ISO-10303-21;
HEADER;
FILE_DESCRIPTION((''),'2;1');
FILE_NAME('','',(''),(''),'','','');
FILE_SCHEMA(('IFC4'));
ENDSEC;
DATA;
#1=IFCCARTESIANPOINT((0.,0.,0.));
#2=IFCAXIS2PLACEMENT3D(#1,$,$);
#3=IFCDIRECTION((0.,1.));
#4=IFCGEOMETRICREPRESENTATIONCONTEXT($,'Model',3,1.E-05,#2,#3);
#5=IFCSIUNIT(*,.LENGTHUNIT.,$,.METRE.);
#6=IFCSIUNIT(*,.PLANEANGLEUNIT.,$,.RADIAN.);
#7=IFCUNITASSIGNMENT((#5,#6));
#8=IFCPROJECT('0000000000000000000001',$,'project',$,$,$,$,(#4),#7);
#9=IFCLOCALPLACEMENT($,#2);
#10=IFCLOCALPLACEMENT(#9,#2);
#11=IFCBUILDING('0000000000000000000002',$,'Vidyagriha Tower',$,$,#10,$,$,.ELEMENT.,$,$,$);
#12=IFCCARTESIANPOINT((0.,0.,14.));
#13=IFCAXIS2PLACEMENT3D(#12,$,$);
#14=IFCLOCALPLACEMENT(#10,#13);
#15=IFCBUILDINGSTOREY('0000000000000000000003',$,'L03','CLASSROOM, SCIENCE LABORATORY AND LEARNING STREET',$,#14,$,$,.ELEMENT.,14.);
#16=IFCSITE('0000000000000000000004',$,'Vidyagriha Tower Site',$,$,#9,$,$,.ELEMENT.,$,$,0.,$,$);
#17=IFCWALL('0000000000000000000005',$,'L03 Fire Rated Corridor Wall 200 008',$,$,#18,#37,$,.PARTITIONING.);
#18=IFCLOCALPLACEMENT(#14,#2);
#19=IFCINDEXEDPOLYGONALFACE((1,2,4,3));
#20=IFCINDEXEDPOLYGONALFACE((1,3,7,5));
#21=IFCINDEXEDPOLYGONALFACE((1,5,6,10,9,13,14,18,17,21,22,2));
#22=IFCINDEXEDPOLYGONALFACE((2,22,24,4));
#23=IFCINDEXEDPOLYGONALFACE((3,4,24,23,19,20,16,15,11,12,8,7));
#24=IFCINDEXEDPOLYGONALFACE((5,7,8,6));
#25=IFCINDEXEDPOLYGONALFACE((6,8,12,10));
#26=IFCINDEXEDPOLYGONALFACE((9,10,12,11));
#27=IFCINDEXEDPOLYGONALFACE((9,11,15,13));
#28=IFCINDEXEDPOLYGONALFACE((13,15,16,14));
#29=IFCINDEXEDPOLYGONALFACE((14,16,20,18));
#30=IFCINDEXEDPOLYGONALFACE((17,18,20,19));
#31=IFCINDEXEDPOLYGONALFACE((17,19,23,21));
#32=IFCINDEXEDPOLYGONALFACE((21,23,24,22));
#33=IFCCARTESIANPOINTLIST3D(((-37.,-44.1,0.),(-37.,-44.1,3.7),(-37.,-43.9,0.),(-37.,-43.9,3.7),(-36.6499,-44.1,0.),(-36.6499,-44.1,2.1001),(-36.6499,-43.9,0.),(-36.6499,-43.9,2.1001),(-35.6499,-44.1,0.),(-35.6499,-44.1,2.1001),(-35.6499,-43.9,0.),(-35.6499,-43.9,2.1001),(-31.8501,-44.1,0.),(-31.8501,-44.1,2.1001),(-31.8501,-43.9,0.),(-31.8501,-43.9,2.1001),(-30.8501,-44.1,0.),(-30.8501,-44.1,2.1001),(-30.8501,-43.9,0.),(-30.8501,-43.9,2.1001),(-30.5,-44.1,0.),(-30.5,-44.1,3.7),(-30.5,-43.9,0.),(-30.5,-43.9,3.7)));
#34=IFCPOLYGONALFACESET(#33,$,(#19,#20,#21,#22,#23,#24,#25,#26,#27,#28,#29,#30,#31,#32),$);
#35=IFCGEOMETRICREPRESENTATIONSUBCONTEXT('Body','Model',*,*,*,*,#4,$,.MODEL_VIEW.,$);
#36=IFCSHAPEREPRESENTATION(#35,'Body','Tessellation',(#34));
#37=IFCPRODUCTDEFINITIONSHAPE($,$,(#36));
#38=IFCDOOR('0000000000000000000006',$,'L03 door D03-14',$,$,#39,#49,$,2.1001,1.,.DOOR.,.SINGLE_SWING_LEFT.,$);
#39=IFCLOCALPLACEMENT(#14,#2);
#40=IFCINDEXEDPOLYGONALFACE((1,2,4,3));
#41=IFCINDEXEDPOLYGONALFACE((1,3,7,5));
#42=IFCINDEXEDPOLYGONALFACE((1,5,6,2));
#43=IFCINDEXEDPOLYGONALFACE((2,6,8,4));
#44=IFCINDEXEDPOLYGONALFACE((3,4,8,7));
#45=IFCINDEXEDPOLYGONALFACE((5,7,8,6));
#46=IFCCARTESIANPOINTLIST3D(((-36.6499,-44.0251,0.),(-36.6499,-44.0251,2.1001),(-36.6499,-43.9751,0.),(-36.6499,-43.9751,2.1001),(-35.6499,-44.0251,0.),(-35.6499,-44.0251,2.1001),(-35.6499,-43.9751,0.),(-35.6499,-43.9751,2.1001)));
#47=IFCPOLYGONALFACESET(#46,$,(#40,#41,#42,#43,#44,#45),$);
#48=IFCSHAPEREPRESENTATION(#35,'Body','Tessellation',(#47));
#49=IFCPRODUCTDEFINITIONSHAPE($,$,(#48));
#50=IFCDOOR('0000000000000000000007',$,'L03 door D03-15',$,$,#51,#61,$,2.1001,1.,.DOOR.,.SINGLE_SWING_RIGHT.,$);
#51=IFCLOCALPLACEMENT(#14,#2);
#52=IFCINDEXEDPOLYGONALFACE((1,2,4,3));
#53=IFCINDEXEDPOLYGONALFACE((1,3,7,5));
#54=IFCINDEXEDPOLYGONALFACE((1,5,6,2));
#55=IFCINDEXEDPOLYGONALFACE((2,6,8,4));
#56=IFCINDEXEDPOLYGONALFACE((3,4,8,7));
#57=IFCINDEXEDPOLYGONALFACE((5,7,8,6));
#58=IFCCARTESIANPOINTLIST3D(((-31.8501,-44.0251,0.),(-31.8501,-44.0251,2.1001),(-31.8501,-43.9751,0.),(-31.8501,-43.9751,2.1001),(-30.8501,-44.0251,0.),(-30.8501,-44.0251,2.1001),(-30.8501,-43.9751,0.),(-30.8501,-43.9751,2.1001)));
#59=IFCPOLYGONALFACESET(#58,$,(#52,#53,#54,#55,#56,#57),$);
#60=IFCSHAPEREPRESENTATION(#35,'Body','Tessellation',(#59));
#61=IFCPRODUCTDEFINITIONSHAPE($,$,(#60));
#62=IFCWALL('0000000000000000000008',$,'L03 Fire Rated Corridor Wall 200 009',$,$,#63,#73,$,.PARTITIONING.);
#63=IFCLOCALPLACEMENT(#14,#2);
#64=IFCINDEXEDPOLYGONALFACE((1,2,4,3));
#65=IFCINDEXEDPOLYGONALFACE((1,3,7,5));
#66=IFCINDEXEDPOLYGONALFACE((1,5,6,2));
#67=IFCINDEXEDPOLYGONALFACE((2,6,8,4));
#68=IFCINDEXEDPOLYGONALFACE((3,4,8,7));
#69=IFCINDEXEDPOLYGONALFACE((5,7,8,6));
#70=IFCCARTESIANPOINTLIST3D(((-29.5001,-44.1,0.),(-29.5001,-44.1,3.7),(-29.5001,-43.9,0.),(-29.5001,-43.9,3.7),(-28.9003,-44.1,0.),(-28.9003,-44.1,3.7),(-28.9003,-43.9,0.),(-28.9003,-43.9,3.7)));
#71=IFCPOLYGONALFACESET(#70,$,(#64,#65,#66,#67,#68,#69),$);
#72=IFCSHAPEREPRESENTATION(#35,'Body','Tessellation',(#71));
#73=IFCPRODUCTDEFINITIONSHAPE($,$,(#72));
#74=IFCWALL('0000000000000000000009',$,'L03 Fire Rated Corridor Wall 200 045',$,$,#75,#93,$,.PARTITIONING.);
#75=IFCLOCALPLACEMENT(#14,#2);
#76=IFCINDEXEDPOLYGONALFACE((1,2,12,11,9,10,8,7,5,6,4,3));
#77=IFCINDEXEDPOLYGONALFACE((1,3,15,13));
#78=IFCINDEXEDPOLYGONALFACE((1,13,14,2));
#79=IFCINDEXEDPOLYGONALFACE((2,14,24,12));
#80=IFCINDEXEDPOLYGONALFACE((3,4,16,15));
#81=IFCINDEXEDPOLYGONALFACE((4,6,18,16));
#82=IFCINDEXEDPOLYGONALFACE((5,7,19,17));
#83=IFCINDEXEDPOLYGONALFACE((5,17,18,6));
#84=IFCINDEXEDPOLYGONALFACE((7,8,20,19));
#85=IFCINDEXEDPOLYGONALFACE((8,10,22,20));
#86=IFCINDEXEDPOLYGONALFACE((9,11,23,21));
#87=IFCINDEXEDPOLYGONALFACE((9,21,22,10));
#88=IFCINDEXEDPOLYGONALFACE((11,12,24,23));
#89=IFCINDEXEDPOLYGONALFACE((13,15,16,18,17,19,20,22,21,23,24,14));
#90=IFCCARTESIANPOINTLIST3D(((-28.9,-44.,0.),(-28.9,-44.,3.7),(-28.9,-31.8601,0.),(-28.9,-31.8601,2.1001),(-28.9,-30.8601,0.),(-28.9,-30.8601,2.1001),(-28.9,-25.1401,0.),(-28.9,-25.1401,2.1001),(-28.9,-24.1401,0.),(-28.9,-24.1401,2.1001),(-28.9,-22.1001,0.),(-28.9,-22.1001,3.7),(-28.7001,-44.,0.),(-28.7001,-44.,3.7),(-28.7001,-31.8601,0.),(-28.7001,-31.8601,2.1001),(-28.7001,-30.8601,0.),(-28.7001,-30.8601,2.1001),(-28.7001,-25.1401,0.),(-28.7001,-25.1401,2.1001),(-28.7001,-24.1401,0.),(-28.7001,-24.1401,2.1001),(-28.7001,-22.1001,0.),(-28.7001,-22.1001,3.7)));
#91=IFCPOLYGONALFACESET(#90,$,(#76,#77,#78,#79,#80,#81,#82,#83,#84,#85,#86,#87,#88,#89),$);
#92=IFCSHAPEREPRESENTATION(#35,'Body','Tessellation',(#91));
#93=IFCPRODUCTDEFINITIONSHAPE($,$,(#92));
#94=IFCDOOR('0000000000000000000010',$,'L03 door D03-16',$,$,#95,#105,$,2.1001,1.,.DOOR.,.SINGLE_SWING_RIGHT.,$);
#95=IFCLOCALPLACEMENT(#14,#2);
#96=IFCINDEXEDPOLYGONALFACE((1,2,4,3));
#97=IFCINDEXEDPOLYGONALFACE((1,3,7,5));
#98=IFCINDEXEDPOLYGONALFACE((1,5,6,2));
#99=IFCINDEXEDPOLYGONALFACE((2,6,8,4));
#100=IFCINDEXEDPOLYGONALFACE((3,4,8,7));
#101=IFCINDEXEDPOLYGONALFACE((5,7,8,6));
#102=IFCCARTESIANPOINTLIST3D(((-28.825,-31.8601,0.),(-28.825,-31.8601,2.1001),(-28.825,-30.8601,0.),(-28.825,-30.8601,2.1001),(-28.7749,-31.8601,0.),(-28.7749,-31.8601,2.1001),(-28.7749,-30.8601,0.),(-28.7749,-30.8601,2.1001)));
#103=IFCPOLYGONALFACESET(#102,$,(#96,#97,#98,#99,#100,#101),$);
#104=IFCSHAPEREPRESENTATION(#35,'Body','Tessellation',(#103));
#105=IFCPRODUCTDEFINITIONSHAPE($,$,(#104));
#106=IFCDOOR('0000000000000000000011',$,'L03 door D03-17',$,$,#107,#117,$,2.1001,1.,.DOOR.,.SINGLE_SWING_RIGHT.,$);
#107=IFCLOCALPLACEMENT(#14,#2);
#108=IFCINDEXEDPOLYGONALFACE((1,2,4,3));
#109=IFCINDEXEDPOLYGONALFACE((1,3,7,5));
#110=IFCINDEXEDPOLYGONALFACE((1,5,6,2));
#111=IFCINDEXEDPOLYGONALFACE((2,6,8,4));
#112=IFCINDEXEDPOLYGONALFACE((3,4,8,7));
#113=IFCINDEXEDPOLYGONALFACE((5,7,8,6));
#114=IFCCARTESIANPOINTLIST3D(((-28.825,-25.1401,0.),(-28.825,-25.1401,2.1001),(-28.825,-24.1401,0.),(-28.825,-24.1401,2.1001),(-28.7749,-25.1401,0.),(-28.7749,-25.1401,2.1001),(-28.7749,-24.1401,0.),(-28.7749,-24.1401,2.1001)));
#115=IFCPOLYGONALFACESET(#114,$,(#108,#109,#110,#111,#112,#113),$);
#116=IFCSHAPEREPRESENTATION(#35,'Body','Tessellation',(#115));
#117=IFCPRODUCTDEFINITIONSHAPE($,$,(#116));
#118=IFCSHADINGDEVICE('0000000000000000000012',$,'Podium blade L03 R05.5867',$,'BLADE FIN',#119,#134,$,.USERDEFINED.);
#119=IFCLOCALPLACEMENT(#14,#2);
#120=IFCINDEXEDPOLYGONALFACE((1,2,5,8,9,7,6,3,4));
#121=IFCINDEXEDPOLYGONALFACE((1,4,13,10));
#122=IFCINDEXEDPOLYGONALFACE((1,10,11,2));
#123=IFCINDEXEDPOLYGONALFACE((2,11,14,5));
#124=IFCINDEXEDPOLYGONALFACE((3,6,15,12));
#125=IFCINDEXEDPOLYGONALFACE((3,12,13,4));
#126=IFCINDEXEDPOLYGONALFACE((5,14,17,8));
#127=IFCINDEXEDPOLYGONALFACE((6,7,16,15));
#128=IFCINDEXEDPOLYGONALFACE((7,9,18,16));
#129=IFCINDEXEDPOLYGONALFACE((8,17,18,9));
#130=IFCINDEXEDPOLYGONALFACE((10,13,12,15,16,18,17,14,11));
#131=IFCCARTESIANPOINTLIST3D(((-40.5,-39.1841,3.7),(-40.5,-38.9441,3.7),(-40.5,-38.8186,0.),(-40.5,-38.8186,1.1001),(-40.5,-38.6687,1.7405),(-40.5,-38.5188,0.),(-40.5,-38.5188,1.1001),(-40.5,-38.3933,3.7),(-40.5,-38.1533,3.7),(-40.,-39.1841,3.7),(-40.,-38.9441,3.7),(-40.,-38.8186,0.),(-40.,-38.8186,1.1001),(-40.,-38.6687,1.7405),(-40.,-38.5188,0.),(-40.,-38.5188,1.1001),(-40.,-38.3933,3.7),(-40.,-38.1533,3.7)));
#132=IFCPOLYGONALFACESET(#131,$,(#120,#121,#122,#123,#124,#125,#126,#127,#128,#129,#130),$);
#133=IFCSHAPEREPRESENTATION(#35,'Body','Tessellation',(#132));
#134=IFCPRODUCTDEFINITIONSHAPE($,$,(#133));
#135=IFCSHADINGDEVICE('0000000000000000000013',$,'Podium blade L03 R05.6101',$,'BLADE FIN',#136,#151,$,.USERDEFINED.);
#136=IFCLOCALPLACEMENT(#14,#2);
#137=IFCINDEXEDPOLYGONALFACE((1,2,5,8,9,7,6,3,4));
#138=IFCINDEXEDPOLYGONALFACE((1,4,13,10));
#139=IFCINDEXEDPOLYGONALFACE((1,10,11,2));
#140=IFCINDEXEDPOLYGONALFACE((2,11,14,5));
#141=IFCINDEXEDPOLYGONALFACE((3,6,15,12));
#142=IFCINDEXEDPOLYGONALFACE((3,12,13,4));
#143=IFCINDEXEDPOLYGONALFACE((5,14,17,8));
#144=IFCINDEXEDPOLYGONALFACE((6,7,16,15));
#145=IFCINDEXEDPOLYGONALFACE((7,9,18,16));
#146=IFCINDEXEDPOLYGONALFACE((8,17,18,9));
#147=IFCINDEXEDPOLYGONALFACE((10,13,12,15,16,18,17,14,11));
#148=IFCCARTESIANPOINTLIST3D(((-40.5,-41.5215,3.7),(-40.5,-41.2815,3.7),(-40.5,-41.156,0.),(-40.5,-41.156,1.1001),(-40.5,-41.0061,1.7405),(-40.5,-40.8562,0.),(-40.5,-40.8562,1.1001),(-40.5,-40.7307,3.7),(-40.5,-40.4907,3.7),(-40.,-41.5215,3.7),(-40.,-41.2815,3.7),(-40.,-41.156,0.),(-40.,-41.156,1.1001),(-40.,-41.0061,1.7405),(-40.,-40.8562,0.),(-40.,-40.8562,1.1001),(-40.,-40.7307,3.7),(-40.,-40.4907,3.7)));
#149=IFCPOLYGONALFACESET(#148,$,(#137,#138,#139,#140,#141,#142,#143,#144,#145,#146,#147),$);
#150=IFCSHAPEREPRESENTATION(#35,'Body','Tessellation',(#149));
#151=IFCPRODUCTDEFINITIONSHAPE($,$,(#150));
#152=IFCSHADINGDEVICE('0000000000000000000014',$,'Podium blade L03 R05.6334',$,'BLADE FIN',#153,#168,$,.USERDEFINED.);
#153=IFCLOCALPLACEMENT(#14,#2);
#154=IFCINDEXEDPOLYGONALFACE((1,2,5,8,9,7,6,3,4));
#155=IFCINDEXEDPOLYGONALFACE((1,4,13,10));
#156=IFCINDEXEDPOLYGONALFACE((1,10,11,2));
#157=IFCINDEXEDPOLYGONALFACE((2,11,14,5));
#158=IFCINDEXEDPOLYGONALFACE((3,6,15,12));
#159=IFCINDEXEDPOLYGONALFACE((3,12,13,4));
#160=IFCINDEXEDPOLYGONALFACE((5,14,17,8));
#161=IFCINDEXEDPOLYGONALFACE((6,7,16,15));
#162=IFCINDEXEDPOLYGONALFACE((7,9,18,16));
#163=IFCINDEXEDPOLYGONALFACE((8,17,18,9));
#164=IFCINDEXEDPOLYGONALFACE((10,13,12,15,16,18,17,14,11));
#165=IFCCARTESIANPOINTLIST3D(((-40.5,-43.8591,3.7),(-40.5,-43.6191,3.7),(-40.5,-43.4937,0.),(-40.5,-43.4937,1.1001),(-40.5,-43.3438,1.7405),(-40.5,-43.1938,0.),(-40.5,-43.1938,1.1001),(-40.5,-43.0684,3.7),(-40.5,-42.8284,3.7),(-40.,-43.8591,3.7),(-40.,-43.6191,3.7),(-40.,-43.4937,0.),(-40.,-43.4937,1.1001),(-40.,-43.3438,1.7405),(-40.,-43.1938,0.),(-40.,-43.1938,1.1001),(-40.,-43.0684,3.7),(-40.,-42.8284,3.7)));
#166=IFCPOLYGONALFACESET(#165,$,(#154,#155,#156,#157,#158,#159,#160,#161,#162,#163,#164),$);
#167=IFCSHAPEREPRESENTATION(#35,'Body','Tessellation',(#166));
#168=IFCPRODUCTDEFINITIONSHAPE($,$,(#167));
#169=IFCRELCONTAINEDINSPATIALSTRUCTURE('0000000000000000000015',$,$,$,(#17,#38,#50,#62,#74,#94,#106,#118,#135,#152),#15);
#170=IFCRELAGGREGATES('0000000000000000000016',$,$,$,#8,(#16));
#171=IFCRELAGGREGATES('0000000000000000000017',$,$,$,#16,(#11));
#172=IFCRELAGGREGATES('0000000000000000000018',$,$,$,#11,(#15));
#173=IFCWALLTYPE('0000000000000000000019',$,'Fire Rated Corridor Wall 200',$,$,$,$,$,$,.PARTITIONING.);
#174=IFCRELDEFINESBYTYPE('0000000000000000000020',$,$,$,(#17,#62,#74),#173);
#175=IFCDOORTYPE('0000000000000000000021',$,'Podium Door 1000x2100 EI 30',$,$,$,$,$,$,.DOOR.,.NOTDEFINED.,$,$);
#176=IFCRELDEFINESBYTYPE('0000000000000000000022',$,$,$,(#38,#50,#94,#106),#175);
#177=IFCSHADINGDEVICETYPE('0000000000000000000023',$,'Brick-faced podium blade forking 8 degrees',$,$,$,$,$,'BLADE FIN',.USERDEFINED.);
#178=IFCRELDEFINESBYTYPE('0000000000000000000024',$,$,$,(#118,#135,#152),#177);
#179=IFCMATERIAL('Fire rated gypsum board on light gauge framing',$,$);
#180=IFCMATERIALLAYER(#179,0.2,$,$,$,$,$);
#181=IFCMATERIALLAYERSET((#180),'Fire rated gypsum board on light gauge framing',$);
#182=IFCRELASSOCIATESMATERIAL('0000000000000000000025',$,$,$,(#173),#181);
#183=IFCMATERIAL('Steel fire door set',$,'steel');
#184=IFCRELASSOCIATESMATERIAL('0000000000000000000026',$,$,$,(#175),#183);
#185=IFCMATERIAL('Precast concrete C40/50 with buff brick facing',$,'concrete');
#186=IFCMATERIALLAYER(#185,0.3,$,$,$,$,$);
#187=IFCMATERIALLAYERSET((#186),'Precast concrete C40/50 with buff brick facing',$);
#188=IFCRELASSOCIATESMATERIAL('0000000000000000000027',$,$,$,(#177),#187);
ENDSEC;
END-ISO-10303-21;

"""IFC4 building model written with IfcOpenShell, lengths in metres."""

from ifc_helpers import new_model, si_unit, direction, frame, frame_2d, origin, place, context, subcontext, project, spatial, polyline, rectangle, outline, extrude, material, layer, layer_set, type_object, element, fill, save


model = new_model("IFC4")

# Units and contexts
model_context = context("Model", 3, precision=1e-05, world=origin(), true_north=direction((0.0, 1.0)))
body_context = subcontext(model_context, "Body", "Model", "MODEL_VIEW")
ifc_project = project(units=[si_unit("LENGTHUNIT", "METRE"), si_unit("PLANEANGLEUNIT", "RADIAN")], contexts=[model_context])

# Site, building, storey
site_placement = place(None, origin())
site = spatial("IfcSite", under=ifc_project, at=site_placement, Name="Vidyagriha Tower Site", CompositionType="ELEMENT", RefElevation=0.0)
building_placement = place(site_placement, origin())
building = spatial("IfcBuilding", under=site, at=building_placement, Name="Vidyagriha Tower", CompositionType="ELEMENT")
storey_placement = place(building_placement, frame((0.0, 0.0, 14.0)))
storey = spatial("IfcBuildingStorey", under=building, at=storey_placement, Name="L03", Description="CLASSROOM, SCIENCE LABORATORY AND LEARNING STREET", CompositionType="ELEMENT", Elevation=14.0)

# Shared definitions
ifc_material_1 = material(Name="Fire rated gypsum board on light gauge framing")
ifc_layer_1 = layer(ifc_material_1, 0.2)
ifc_layer_set_1 = layer_set([ifc_layer_1], Name="Fire rated gypsum board on light gauge framing")
wall_type_1 = type_object("IfcWallType", Name="Fire Rated Corridor Wall 200", PredefinedType="PARTITIONING", material=ifc_layer_set_1)

# Wall, openings, doors
wall_1_placement = place(storey_placement, frame((-37.0, -44.0, 0.0)))
wall_1 = element("IfcWall", 1, at=wall_1_placement, inside=storey, type_object=wall_type_1, Name="L03 Fire Rated Corridor Wall 200 008", PredefinedType="PARTITIONING", context=body_context, shape_type="SweptSolid", body=[
    extrude(rectangle(XDim=6.5, YDim=0.2, at=frame_2d((3.25, 0.0))), origin(), (0.0, 0.0, 1.0), 3.7),
])
opening_1_placement = place(wall_1_placement, frame((0.3501, 0.0, 0.0)))
opening_1 = element("IfcOpeningElement", 2, at=opening_1_placement, cuts=wall_1, PredefinedType="OPENING", context=body_context, shape_type="SweptSolid", body=[
    extrude(rectangle(XDim=1.0, YDim=2.1001, at=frame_2d((0.5, 1.05))), frame((0.0, 0.1099, 0.0), z_axis=(0.0, -1.0, 0.0), x_axis=(1.0, 0.0, 0.0)), (0.0, 0.0, 1.0), 0.22),
])
opening_2_placement = place(wall_1_placement, frame((5.1499, 0.0, 0.0)))
opening_2 = element("IfcOpeningElement", 3, at=opening_2_placement, cuts=wall_1, PredefinedType="OPENING", context=body_context, shape_type="SweptSolid", body=[
    extrude(rectangle(XDim=1.0, YDim=2.1001, at=frame_2d((0.5, 1.05))), frame((0.0, 0.1099, 0.0), z_axis=(0.0, -1.0, 0.0), x_axis=(1.0, 0.0, 0.0)), (0.0, 0.0, 1.0), 0.22),
])
ifc_material_2 = material(Name="Steel fire door set", Category="steel")
door_type = type_object("IfcDoorType", Name="Podium Door 1000x2100 EI 30", OperationType="NOTDEFINED", PredefinedType="DOOR", material=ifc_material_2)
door_1_placement = place(opening_1_placement, origin())
door_1 = element("IfcDoor", 4, at=door_1_placement, inside=storey, type_object=door_type, Name="L03 door D03-14", OperationType="SINGLE_SWING_LEFT", OverallHeight=2.1001, OverallWidth=1.0, PredefinedType="DOOR", context=body_context, shape_type="SweptSolid", body=[
    extrude(rectangle(XDim=1.0, YDim=2.1001, at=frame_2d((0.5, 1.05))), frame((0.0, 0.0249, 0.0), z_axis=(0.0, -1.0, 0.0), x_axis=(1.0, 0.0, 0.0)), (0.0, 0.0, 1.0), 0.05),
])
fill(opening_1, door_1)
door_2_placement = place(opening_2_placement, origin())
door_2 = element("IfcDoor", 5, at=door_2_placement, inside=storey, type_object=door_type, Name="L03 door D03-15", OperationType="SINGLE_SWING_RIGHT", OverallHeight=2.1001, OverallWidth=1.0, PredefinedType="DOOR", context=body_context, shape_type="SweptSolid", body=[
    extrude(rectangle(XDim=1.0, YDim=2.1001, at=frame_2d((0.5, 1.05))), frame((0.0, 0.0249, 0.0), z_axis=(0.0, -1.0, 0.0), x_axis=(1.0, 0.0, 0.0)), (0.0, 0.0, 1.0), 0.05),
])
fill(opening_2, door_2)

# Wall
wall_2_placement = place(storey_placement, frame((-29.5, -44.0, 0.0)))
element("IfcWall", 6, at=wall_2_placement, inside=storey, type_object=wall_type_1, Name="L03 Fire Rated Corridor Wall 200 009", PredefinedType="PARTITIONING", context=body_context, shape_type="SweptSolid", body=[
    extrude(rectangle(XDim=0.5999, YDim=0.2, at=frame_2d((0.2998, 0.0))), origin(), (0.0, 0.0, 1.0), 3.7),
])

# Wall, openings, doors
wall_3_placement = place(storey_placement, frame((-28.8, -44.0, 0.0), z_axis=(0.0, 0.0, 1.0), x_axis=(0.0, 1.0, 0.0)))
wall_3 = element("IfcWall", 7, at=wall_3_placement, inside=storey, type_object=wall_type_1, Name="L03 Fire Rated Corridor Wall 200 045", PredefinedType="PARTITIONING", context=body_context, shape_type="SweptSolid", body=[
    extrude(rectangle(XDim=21.8999, YDim=0.2, at=frame_2d((10.95, 0.0))), origin(), (0.0, 0.0, 1.0), 3.7),
])
opening_3_placement = place(wall_3_placement, frame((12.1399, 0.0, 0.0)))
opening_3 = element("IfcOpeningElement", 8, at=opening_3_placement, cuts=wall_3, PredefinedType="OPENING", context=body_context, shape_type="SweptSolid", body=[
    extrude(rectangle(XDim=1.0, YDim=2.1001, at=frame_2d((0.5, 1.05))), frame((0.0, 0.1099, 0.0), z_axis=(0.0, -1.0, 0.0), x_axis=(1.0, 0.0, 0.0)), (0.0, 0.0, 1.0), 0.22),
])
opening_4_placement = place(wall_3_placement, frame((18.8599, 0.0, 0.0)))
opening_4 = element("IfcOpeningElement", 9, at=opening_4_placement, cuts=wall_3, PredefinedType="OPENING", context=body_context, shape_type="SweptSolid", body=[
    extrude(rectangle(XDim=1.0, YDim=2.1001, at=frame_2d((0.5, 1.05))), frame((0.0, 0.1099, 0.0), z_axis=(0.0, -1.0, 0.0), x_axis=(1.0, 0.0, 0.0)), (0.0, 0.0, 1.0), 0.22),
])
door_3_placement = place(opening_3_placement, origin())
door_3 = element("IfcDoor", 10, at=door_3_placement, inside=storey, type_object=door_type, Name="L03 door D03-16", OperationType="SINGLE_SWING_RIGHT", OverallHeight=2.1001, OverallWidth=1.0, PredefinedType="DOOR", context=body_context, shape_type="SweptSolid", body=[
    extrude(rectangle(XDim=1.0, YDim=2.1001, at=frame_2d((0.5, 1.05))), frame((0.0, 0.0249, 0.0), z_axis=(0.0, -1.0, 0.0), x_axis=(1.0, 0.0, 0.0)), (0.0, 0.0, 1.0), 0.05),
])
fill(opening_3, door_3)
door_4_placement = place(opening_4_placement, origin())
door_4 = element("IfcDoor", 11, at=door_4_placement, inside=storey, type_object=door_type, Name="L03 door D03-17", OperationType="SINGLE_SWING_RIGHT", OverallHeight=2.1001, OverallWidth=1.0, PredefinedType="DOOR", context=body_context, shape_type="SweptSolid", body=[
    extrude(rectangle(XDim=1.0, YDim=2.1001, at=frame_2d((0.5, 1.05))), frame((0.0, 0.0249, 0.0), z_axis=(0.0, -1.0, 0.0), x_axis=(1.0, 0.0, 0.0)), (0.0, 0.0, 1.0), 0.05),
])
fill(opening_4, door_4)

# Shading devices
ifc_material_3 = material(Name="Precast concrete C40/50 with buff brick facing", Category="concrete")
ifc_layer_2 = layer(ifc_material_3, 0.3)
ifc_layer_set_2 = layer_set([ifc_layer_2], Name="Precast concrete C40/50 with buff brick facing")
shading_device_type = type_object("IfcShadingDeviceType", Name="Brick-faced podium blade forking 8 degrees", ElementType="BLADE FIN", PredefinedType="USERDEFINED", material=ifc_layer_set_2)
for number, where, z_axis, x_axis, name in (
    (12, (-40.25, -38.1533, 0.0), (0.0, 0.0, 1.0), (0.0, -1.0, 0.0), "Podium blade L03 R05.5867"),
    (13, (-40.25, -40.4907, 0.0), (0.0, 0.0, 1.0), (0.0, -1.0, 0.0), "Podium blade L03 R05.6101"),
    (14, (-40.25, -42.8284, 0.0), (0.0, 0.0, 1.0), (0.0, -1.0, 0.0), "Podium blade L03 R05.6334"),
):
    element("IfcShadingDevice", number, at=place(storey_placement, frame(where, z_axis=z_axis, x_axis=x_axis)), inside=storey, type_object=shading_device_type, Name=name, ObjectType="BLADE FIN", PredefinedType="USERDEFINED", context=body_context, shape_type="SweptSolid", body=[
        extrude(outline(polyline([(0.6653, 0.0), (0.6653, 1.1001), (1.0308, 3.7), (0.7908, 3.7), (0.5154, 1.7405), (0.24, 3.7), (0.0, 3.7), (0.3655, 1.1001), (0.3655, 0.0), (0.6653, 0.0)])), frame((0.0, 0.25, 0.0), z_axis=(0.0, -1.0, 0.0), x_axis=(1.0, 0.0, 0.0)), (0.0, 0.0, 1.0), 0.5),
    ])

save(model, "model.ifc")
